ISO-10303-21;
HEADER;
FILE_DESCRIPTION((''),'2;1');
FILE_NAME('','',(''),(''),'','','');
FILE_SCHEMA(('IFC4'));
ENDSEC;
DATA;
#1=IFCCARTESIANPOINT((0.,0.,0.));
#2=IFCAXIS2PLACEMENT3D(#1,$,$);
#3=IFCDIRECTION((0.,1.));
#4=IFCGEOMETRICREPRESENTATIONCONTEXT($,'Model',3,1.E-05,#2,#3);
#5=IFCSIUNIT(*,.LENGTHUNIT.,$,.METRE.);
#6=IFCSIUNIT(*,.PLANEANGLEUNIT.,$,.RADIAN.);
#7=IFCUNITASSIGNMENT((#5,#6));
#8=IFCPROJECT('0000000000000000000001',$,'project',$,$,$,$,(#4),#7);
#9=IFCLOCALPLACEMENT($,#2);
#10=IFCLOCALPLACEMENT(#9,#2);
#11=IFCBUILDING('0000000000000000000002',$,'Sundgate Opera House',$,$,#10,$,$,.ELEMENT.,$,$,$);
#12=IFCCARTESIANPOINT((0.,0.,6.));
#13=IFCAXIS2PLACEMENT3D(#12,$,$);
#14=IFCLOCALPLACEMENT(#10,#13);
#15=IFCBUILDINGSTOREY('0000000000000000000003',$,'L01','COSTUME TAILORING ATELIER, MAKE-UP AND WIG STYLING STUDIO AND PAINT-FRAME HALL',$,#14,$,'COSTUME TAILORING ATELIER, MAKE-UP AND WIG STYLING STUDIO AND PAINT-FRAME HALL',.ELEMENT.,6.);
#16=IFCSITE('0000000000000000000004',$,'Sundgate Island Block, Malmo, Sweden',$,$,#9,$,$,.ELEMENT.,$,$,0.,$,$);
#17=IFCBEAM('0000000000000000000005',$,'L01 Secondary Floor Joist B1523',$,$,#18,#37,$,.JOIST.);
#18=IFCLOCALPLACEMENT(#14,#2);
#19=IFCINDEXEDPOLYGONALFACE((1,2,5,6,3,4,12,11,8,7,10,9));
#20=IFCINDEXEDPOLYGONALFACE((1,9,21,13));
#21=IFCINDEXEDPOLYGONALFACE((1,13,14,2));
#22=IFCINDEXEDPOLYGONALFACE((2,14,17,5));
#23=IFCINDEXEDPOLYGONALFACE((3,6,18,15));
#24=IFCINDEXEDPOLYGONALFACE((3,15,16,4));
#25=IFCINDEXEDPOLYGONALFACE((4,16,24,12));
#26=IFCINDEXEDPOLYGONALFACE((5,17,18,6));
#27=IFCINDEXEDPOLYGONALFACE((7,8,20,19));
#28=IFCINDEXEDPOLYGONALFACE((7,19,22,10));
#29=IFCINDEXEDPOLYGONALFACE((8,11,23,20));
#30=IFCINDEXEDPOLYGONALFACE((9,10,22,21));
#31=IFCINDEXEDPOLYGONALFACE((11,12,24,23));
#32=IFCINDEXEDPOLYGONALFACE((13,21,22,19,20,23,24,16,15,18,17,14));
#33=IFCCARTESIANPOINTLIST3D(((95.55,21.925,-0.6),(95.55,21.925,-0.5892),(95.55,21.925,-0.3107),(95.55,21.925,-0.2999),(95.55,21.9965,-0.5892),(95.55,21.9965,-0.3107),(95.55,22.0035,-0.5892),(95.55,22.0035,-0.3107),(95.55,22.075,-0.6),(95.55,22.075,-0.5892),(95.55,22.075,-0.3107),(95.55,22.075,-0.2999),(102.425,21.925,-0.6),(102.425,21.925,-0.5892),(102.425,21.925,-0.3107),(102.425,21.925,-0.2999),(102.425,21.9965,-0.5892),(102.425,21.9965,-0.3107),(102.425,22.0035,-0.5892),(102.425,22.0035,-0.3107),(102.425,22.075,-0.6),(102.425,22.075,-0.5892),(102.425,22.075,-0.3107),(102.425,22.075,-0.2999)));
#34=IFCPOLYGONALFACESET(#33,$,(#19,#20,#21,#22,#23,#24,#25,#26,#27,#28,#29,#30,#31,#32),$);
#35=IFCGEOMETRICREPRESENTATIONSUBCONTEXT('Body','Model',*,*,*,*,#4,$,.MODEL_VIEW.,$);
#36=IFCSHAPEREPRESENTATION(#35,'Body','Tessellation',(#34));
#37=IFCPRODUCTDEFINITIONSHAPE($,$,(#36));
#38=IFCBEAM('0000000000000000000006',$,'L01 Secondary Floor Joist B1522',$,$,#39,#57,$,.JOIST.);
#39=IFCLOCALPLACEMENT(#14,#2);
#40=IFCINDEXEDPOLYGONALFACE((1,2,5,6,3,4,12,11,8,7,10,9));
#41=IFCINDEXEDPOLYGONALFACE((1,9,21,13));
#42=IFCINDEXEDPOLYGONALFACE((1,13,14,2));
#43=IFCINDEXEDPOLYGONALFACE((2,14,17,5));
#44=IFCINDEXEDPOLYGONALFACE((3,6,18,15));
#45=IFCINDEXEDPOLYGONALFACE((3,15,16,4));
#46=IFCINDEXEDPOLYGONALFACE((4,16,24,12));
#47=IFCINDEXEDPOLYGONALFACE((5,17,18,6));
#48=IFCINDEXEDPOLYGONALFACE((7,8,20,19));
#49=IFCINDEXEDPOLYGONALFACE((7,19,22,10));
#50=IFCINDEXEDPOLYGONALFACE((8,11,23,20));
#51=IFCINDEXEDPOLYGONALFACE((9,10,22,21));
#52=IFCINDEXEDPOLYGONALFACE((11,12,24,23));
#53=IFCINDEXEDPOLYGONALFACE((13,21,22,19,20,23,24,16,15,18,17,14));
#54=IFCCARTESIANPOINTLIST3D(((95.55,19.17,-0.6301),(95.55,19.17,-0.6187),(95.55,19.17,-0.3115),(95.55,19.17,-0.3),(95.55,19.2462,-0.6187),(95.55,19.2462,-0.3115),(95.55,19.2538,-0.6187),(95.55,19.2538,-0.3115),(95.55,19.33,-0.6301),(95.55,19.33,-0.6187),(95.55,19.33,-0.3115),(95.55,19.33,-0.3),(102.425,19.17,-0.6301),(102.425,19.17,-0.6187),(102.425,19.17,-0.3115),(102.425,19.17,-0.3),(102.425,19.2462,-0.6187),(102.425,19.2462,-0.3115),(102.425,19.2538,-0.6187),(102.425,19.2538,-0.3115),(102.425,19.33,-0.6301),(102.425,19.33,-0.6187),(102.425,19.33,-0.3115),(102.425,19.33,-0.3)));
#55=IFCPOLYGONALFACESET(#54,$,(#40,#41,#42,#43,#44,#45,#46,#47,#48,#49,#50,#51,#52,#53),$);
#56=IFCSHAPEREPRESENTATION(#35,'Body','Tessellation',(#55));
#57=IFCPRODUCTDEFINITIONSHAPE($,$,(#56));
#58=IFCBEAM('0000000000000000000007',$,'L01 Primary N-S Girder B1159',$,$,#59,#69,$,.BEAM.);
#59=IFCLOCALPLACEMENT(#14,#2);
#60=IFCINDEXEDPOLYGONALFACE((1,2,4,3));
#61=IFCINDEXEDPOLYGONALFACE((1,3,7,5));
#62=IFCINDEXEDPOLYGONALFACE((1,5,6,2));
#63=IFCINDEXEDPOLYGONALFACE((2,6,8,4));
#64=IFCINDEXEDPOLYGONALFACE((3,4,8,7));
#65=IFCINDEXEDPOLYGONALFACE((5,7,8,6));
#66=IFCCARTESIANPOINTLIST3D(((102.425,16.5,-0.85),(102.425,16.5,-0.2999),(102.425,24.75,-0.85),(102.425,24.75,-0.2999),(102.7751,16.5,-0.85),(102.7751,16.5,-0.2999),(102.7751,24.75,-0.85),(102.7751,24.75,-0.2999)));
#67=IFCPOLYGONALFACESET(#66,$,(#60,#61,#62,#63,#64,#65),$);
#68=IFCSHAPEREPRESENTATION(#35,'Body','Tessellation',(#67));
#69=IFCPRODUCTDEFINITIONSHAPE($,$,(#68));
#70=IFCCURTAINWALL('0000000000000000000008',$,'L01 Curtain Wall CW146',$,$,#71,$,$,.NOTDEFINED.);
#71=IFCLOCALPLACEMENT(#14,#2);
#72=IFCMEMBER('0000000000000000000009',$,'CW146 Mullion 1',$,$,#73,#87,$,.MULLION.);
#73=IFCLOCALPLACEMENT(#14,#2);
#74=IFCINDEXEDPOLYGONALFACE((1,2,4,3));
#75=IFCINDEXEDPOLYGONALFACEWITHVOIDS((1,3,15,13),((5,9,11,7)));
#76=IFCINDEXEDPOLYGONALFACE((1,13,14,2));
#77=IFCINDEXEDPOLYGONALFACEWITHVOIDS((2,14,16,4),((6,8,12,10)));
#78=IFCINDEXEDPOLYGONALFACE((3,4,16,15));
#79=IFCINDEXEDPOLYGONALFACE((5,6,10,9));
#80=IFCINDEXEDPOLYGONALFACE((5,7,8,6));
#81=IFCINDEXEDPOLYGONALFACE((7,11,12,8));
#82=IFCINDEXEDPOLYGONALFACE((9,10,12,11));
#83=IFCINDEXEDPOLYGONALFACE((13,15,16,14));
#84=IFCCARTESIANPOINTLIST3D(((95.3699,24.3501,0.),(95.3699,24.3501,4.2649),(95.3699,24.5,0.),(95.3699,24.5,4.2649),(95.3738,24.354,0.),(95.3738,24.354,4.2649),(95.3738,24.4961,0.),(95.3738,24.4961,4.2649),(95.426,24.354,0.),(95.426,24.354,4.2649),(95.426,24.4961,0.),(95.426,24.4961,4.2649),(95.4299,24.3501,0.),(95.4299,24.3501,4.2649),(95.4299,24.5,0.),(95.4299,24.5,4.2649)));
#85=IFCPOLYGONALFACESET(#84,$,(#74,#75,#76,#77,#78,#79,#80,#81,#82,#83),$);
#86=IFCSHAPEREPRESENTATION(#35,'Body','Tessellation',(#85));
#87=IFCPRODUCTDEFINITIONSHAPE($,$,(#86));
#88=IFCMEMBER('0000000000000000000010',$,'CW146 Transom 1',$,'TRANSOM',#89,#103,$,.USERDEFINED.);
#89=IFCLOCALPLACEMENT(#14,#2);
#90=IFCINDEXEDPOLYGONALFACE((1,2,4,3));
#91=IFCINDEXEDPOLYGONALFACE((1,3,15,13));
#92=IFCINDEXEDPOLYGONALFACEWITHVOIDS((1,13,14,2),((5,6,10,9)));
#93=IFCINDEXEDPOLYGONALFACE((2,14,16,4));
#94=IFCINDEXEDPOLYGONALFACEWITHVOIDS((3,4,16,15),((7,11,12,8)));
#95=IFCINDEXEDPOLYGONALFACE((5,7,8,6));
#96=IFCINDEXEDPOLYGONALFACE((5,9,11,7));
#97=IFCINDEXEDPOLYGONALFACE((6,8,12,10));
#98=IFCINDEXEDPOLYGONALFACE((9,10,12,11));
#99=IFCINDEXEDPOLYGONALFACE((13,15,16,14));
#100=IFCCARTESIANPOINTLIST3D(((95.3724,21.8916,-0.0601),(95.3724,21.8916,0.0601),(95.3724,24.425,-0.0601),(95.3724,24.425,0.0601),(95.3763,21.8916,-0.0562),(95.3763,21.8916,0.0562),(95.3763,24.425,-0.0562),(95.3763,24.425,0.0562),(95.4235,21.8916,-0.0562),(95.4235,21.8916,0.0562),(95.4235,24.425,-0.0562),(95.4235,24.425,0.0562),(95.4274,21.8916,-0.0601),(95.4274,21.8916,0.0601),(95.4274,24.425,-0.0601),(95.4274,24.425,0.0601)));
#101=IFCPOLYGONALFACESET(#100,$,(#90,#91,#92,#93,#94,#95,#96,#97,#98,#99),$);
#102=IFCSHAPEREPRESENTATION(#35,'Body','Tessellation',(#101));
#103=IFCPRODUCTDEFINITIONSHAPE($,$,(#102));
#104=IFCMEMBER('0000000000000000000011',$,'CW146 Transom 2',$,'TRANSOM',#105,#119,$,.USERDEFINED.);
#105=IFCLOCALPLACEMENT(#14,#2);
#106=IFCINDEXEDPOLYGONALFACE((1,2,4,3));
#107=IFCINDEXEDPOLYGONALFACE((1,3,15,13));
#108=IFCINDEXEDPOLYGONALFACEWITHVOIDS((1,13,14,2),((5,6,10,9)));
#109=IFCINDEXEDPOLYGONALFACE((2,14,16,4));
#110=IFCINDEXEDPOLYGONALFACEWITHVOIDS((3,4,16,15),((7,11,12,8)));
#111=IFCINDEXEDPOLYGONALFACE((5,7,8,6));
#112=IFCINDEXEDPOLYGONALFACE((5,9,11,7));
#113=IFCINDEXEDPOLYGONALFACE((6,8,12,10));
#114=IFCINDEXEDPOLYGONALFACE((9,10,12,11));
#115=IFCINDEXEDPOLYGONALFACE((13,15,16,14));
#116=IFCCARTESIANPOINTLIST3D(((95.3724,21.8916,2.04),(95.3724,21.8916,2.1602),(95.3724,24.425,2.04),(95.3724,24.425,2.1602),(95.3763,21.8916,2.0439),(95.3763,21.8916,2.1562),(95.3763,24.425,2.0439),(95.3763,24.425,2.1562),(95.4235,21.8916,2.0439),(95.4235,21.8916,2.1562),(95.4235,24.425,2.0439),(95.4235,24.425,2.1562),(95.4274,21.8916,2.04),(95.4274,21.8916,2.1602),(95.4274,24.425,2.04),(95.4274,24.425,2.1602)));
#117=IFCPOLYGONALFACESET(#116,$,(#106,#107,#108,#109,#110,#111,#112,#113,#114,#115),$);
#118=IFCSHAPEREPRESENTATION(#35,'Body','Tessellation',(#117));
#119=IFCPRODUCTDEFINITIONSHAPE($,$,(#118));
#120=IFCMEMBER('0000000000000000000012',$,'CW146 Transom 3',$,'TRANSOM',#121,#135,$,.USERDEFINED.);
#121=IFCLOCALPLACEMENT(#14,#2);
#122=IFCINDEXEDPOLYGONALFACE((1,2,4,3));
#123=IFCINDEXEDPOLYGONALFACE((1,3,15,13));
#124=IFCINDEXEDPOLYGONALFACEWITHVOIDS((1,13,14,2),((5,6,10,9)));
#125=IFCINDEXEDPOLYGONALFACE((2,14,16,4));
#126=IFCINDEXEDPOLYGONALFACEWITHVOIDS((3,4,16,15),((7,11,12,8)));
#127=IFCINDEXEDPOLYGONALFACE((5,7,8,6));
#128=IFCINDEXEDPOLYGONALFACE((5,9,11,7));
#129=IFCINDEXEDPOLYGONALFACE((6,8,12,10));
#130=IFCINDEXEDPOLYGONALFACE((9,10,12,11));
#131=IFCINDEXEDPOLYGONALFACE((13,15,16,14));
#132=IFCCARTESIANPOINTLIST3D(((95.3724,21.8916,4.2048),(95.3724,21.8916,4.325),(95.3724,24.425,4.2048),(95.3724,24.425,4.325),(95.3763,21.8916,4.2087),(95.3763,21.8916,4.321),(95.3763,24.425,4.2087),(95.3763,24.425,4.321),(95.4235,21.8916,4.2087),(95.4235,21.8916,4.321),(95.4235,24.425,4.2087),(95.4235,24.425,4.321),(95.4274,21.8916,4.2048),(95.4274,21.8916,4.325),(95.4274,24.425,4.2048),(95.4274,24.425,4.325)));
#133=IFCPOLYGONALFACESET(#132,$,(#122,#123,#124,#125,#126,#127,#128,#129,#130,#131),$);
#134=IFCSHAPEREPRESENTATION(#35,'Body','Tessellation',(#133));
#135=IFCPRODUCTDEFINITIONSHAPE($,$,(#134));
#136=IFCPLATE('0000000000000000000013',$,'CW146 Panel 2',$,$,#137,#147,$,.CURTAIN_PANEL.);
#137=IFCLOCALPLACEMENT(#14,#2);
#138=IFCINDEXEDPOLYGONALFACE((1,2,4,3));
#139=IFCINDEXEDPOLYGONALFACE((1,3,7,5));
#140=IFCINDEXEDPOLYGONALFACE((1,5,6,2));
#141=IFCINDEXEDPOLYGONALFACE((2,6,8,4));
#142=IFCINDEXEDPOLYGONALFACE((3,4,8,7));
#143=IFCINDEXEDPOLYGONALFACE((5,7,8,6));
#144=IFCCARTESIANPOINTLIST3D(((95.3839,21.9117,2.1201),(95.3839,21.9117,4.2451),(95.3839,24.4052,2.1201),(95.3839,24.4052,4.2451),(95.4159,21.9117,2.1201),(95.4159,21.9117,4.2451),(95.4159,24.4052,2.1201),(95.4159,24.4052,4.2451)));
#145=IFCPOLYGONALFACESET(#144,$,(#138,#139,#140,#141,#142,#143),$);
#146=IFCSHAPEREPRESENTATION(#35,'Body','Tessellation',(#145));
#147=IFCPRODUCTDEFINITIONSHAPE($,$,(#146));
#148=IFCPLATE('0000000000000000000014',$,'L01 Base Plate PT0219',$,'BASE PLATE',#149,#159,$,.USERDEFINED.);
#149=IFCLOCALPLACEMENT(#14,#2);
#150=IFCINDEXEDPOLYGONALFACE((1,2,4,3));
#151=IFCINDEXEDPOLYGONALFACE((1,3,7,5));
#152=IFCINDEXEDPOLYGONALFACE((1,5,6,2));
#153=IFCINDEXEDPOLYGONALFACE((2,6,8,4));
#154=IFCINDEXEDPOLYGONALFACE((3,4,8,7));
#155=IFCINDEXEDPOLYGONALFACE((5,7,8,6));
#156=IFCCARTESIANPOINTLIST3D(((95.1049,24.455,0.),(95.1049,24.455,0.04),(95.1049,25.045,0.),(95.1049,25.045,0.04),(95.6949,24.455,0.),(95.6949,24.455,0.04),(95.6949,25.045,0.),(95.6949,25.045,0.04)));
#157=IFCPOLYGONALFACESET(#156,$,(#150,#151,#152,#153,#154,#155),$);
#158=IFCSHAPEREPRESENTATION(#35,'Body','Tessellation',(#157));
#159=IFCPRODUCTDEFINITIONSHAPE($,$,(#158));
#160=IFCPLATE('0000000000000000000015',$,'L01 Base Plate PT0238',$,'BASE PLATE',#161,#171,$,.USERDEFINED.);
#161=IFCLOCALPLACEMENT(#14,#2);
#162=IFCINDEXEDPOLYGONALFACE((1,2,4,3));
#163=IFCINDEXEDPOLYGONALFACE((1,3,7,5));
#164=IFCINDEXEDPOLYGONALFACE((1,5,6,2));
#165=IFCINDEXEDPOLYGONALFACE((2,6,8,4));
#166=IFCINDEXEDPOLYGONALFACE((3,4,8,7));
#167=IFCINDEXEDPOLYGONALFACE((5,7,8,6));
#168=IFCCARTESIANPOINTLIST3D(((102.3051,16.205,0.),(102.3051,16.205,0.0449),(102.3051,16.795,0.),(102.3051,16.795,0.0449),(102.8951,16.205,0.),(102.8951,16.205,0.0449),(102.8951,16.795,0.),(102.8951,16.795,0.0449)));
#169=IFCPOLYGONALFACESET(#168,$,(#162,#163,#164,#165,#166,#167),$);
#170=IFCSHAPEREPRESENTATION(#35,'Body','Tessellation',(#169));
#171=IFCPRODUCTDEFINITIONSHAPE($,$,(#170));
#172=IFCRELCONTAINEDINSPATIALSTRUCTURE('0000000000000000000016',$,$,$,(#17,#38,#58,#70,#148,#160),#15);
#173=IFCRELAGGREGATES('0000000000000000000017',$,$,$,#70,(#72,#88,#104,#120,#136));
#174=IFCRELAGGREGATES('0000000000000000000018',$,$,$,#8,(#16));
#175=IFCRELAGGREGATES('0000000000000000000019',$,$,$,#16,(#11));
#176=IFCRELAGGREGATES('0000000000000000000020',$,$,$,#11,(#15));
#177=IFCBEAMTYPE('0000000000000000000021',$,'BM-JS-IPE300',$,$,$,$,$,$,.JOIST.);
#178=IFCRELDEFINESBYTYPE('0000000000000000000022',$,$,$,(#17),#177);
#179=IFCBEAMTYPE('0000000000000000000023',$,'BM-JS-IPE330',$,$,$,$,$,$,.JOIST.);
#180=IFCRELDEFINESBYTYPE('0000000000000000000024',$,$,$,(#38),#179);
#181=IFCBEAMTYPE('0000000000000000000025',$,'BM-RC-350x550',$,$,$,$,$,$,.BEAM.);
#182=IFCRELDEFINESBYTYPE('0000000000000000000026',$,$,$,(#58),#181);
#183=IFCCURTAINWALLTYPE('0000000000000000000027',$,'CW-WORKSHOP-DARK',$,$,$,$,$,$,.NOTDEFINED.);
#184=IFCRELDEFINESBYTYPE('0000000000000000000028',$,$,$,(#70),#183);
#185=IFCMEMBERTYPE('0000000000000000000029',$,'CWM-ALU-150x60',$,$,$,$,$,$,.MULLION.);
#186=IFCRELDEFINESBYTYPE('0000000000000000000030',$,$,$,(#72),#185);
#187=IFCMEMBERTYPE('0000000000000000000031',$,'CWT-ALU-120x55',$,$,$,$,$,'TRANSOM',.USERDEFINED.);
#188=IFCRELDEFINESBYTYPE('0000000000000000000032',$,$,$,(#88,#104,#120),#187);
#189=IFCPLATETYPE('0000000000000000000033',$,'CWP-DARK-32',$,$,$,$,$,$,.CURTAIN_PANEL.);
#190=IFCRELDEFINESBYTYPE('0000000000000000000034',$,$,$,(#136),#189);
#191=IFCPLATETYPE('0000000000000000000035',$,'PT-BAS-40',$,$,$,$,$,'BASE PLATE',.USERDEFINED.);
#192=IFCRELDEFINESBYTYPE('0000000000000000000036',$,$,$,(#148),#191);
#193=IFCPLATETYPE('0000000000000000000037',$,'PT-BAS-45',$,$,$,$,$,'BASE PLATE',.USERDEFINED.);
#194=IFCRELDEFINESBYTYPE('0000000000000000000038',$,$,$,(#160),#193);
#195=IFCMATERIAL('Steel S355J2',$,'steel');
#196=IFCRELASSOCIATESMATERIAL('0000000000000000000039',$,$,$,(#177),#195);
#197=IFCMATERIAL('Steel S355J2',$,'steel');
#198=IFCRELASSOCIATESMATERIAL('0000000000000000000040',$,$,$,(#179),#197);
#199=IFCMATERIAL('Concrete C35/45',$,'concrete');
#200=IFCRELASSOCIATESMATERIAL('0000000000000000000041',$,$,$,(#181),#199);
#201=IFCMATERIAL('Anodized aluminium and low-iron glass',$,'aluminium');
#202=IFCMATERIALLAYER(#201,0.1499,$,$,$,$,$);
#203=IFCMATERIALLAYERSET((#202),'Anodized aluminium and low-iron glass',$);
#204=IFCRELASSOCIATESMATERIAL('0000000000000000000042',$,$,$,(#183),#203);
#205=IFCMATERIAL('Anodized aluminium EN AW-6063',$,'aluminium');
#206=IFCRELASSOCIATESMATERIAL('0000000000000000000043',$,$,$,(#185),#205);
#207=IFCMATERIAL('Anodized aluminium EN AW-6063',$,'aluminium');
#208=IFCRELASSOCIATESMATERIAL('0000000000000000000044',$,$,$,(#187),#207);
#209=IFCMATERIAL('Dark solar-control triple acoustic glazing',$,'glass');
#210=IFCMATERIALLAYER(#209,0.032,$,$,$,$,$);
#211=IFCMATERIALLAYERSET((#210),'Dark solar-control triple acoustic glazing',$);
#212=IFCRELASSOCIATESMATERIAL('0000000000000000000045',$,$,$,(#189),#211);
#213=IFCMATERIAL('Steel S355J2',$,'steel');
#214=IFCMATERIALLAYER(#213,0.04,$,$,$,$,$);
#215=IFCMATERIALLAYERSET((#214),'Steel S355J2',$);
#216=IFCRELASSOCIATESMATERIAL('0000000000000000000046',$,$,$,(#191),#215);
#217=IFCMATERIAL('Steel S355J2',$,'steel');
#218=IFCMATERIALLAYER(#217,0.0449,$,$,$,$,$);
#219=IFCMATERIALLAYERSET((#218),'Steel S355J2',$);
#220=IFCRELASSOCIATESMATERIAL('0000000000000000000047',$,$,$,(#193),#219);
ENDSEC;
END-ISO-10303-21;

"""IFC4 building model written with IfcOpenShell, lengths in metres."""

from ifc_helpers import new_model, si_unit, direction, frame, origin, origin_2d, place, context, subcontext, project, spatial, rectangle, hollow_rectangle, i_section, extrude, material, layer, layer_set, material_profile, profile_set, type_object, element, aggregate, save


model = new_model("IFC4")

# Units and contexts
model_context = context("Model", 3, precision=1e-05, world=origin(), true_north=direction((0.0, 1.0)))
body_context = subcontext(model_context, "Body", "Model", "MODEL_VIEW")
ifc_project = project(units=[si_unit("LENGTHUNIT", "METRE"), si_unit("PLANEANGLEUNIT", "RADIAN")], contexts=[model_context])

# Site, building, storey
site_placement = place(None, origin())
site = spatial("IfcSite", under=ifc_project, at=site_placement, Name="Sundgate Island Block, Malmo, Sweden", CompositionType="ELEMENT", RefElevation=0.0)
building_placement = place(site_placement, origin())
building = spatial("IfcBuilding", under=site, at=building_placement, Name="Sundgate Opera House", CompositionType="ELEMENT")
storey_placement = place(building_placement, frame((0.0, 0.0, 6.0)))
storey = spatial("IfcBuildingStorey", under=building, at=storey_placement, Name="L01", Description="COSTUME TAILORING ATELIER, MAKE-UP AND WIG STYLING STUDIO AND PAINT-FRAME HALL", LongName="COSTUME TAILORING ATELIER, MAKE-UP AND WIG STYLING STUDIO AND PAINT-FRAME HALL", CompositionType="ELEMENT", Elevation=6.0)

# Beams
ifc_material_1 = material(Name="Steel S355J2", Category="steel")
ifc_material_profile_1 = material_profile(ifc_material_1, i_section(OverallWidth=0.1499, OverallDepth=0.3, WebThickness=0.0071, FlangeThickness=0.0107, at=origin_2d()), Name="IPE 300")
ifc_profile_set_1 = profile_set([ifc_material_profile_1], Name="Steel S355J2")
beam_type_1 = type_object("IfcBeamType", Name="BM-JS-IPE300", PredefinedType="JOIST", material=ifc_profile_set_1)
beam_1_placement = place(storey_placement, frame((95.55, 22.0, -0.45), z_axis=(1.0, 0.0, 0.0), x_axis=(0.0, 1.0, 0.0)))
element("IfcBeam", 1, at=beam_1_placement, inside=storey, type_object=beam_type_1, Name="L01 Secondary Floor Joist B1523", PredefinedType="JOIST", context=body_context, shape_type="SweptSolid", body=[
    extrude(i_section(OverallWidth=0.1499, OverallDepth=0.3, WebThickness=0.0071, FlangeThickness=0.0107, at=origin_2d()), origin(), (0.0, 0.0, 1.0), 6.875),
])
ifc_material_2 = material(Name="Steel S355J2", Category="steel")
ifc_material_profile_2 = material_profile(ifc_material_2, i_section(OverallWidth=0.1599, OverallDepth=0.3301, WebThickness=0.0076, FlangeThickness=0.0115, at=origin_2d()), Name="IPE 330")
ifc_profile_set_2 = profile_set([ifc_material_profile_2], Name="Steel S355J2")
beam_type_2 = type_object("IfcBeamType", Name="BM-JS-IPE330", PredefinedType="JOIST", material=ifc_profile_set_2)
beam_2_placement = place(storey_placement, frame((95.55, 19.25, -0.4651), z_axis=(1.0, 0.0, 0.0), x_axis=(0.0, 1.0, 0.0)))
element("IfcBeam", 2, at=beam_2_placement, inside=storey, type_object=beam_type_2, Name="L01 Secondary Floor Joist B1522", PredefinedType="JOIST", context=body_context, shape_type="SweptSolid", body=[
    extrude(i_section(OverallWidth=0.1599, OverallDepth=0.3301, WebThickness=0.0076, FlangeThickness=0.0115, at=origin_2d()), origin(), (0.0, 0.0, 1.0), 6.875),
])
ifc_material_3 = material(Name="Concrete C35/45", Category="concrete")
ifc_material_profile_3 = material_profile(ifc_material_3, rectangle(XDim=0.3501, YDim=0.55, at=origin_2d()), Name="RC 350x550")
ifc_profile_set_3 = profile_set([ifc_material_profile_3], Name="Concrete C35/45")
beam_type_3 = type_object("IfcBeamType", Name="BM-RC-350x550", PredefinedType="BEAM", material=ifc_profile_set_3)
beam_3_placement = place(storey_placement, frame((102.6001, 16.5, -0.575), z_axis=(0.0, 1.0, 0.0), x_axis=(-1.0, 0.0, 0.0)))
element("IfcBeam", 3, at=beam_3_placement, inside=storey, type_object=beam_type_3, Name="L01 Primary N-S Girder B1159", PredefinedType="BEAM", context=body_context, shape_type="SweptSolid", body=[
    extrude(rectangle(XDim=0.3501, YDim=0.55, at=origin_2d()), origin(), (0.0, 0.0, 1.0), 8.25),
])

# Curtain wall, members, plate
ifc_material_4 = material(Name="Anodized aluminium and low-iron glass", Category="aluminium")
ifc_layer_1 = layer(ifc_material_4, 0.1499)
ifc_layer_set_1 = layer_set([ifc_layer_1], Name="Anodized aluminium and low-iron glass")
curtain_wall_type = type_object("IfcCurtainWallType", Name="CW-WORKSHOP-DARK", PredefinedType="NOTDEFINED", material=ifc_layer_set_1)
curtain_wall_placement = place(storey_placement, origin())
curtain_wall = element("IfcCurtainWall", 4, at=curtain_wall_placement, inside=storey, type_object=curtain_wall_type, Name="L01 Curtain Wall CW146", PredefinedType="NOTDEFINED")
ifc_material_5 = material(Name="Anodized aluminium EN AW-6063", Category="aluminium")
ifc_material_profile_4 = material_profile(ifc_material_5, hollow_rectangle(XDim=0.0601, YDim=0.1499, WallThickness=0.0039, at=origin_2d()), Name="CWM 150x60x4")
ifc_profile_set_4 = profile_set([ifc_material_profile_4], Name="Anodized aluminium EN AW-6063")
member_type_1 = type_object("IfcMemberType", Name="CWM-ALU-150x60", PredefinedType="MULLION", material=ifc_profile_set_4)
member_1_placement = place(storey_placement, frame((95.3999, 24.425, 0.0), z_axis=(0.0, 0.0, 1.0), x_axis=(1.0, 0.0, 0.0)))
member_1 = element("IfcMember", 5, at=member_1_placement, type_object=member_type_1, Name="CW146 Mullion 1", PredefinedType="MULLION", context=body_context, shape_type="SweptSolid", body=[
    extrude(hollow_rectangle(XDim=0.0601, YDim=0.1499, WallThickness=0.0039, at=origin_2d()), origin(), (0.0, 0.0, 1.0), 4.2649),
])
ifc_material_6 = material(Name="Anodized aluminium EN AW-6063", Category="aluminium")
ifc_material_profile_5 = material_profile(ifc_material_6, hollow_rectangle(XDim=0.0549, YDim=0.1201, WallThickness=0.0039, at=origin_2d()), Name="CWT 120x55x4")
ifc_profile_set_5 = profile_set([ifc_material_profile_5], Name="Anodized aluminium EN AW-6063")
member_type_2 = type_object("IfcMemberType", Name="CWT-ALU-120x55", ElementType="TRANSOM", PredefinedType="USERDEFINED", material=ifc_profile_set_5)
member_2_placement = place(storey_placement, frame((95.3999, 24.425, 0.0), z_axis=(0.0, -1.0, 0.0), x_axis=(1.0, 0.0, 0.0)))
member_2 = element("IfcMember", 6, at=member_2_placement, type_object=member_type_2, Name="CW146 Transom 1", ObjectType="TRANSOM", PredefinedType="USERDEFINED", context=body_context, shape_type="SweptSolid", body=[
    extrude(hollow_rectangle(XDim=0.0549, YDim=0.1201, WallThickness=0.0039, at=origin_2d()), origin(), (0.0, 0.0, 1.0), 2.5334),
])
member_3_placement = place(storey_placement, frame((95.3999, 24.425, 2.1001), z_axis=(0.0, -1.0, 0.0), x_axis=(1.0, 0.0, 0.0)))
member_3 = element("IfcMember", 7, at=member_3_placement, type_object=member_type_2, Name="CW146 Transom 2", ObjectType="TRANSOM", PredefinedType="USERDEFINED", context=body_context, shape_type="SweptSolid", body=[
    extrude(hollow_rectangle(XDim=0.0549, YDim=0.1201, WallThickness=0.0039, at=origin_2d()), origin(), (0.0, 0.0, 1.0), 2.5334),
])
member_4_placement = place(storey_placement, frame((95.3999, 24.425, 4.2649), z_axis=(0.0, -1.0, 0.0), x_axis=(1.0, 0.0, 0.0)))
member_4 = element("IfcMember", 8, at=member_4_placement, type_object=member_type_2, Name="CW146 Transom 3", ObjectType="TRANSOM", PredefinedType="USERDEFINED", context=body_context, shape_type="SweptSolid", body=[
    extrude(hollow_rectangle(XDim=0.0549, YDim=0.1201, WallThickness=0.0039, at=origin_2d()), origin(), (0.0, 0.0, 1.0), 2.5334),
])
ifc_material_7 = material(Name="Dark solar-control triple acoustic glazing", Category="glass")
ifc_layer_2 = layer(ifc_material_7, 0.032)
ifc_layer_set_2 = layer_set([ifc_layer_2], Name="Dark solar-control triple acoustic glazing")
plate_type_1 = type_object("IfcPlateType", Name="CWP-DARK-32", PredefinedType="CURTAIN_PANEL", material=ifc_layer_set_2)
plate_1_placement = place(storey_placement, frame((95.3999, 23.1584, 2.1201), z_axis=(0.0, 0.0, 1.0), x_axis=(0.0, -1.0, 0.0)))
plate_1 = element("IfcPlate", 9, at=plate_1_placement, type_object=plate_type_1, Name="CW146 Panel 2", PredefinedType="CURTAIN_PANEL", context=body_context, shape_type="SweptSolid", body=[
    extrude(rectangle(XDim=2.4934, YDim=0.032, at=origin_2d()), origin(), (0.0, 0.0, 1.0), 2.125),
])
aggregate(curtain_wall, [member_1, member_2, member_3, member_4, plate_1])

# Plates
ifc_material_8 = material(Name="Steel S355J2", Category="steel")
ifc_layer_3 = layer(ifc_material_8, 0.04)
ifc_layer_set_3 = layer_set([ifc_layer_3], Name="Steel S355J2")
plate_type_2 = type_object("IfcPlateType", Name="PT-BAS-40", ElementType="BASE PLATE", PredefinedType="USERDEFINED", material=ifc_layer_set_3)
plate_2_placement = place(storey_placement, frame((95.3999, 24.75, 0.0), z_axis=(0.0, 0.0, 1.0), x_axis=(1.0, 0.0, 0.0)))
element("IfcPlate", 10, at=plate_2_placement, inside=storey, type_object=plate_type_2, Name="L01 Base Plate PT0219", ObjectType="BASE PLATE", PredefinedType="USERDEFINED", context=body_context, shape_type="SweptSolid", body=[
    extrude(rectangle(XDim=0.5901, YDim=0.5901, at=origin_2d()), origin(), (0.0, 0.0, 1.0), 0.04),
])
ifc_material_9 = material(Name="Steel S355J2", Category="steel")
ifc_layer_4 = layer(ifc_material_9, 0.0449)
ifc_layer_set_4 = layer_set([ifc_layer_4], Name="Steel S355J2")
plate_type_3 = type_object("IfcPlateType", Name="PT-BAS-45", ElementType="BASE PLATE", PredefinedType="USERDEFINED", material=ifc_layer_set_4)
plate_3_placement = place(storey_placement, frame((102.6001, 16.5, 0.0), z_axis=(0.0, 0.0, 1.0), x_axis=(1.0, 0.0, 0.0)))
element("IfcPlate", 11, at=plate_3_placement, inside=storey, type_object=plate_type_3, Name="L01 Base Plate PT0238", ObjectType="BASE PLATE", PredefinedType="USERDEFINED", context=body_context, shape_type="SweptSolid", body=[
    extrude(rectangle(XDim=0.5901, YDim=0.5901, at=origin_2d()), origin(), (0.0, 0.0, 1.0), 0.0449),
])

save(model, "model.ifc")
